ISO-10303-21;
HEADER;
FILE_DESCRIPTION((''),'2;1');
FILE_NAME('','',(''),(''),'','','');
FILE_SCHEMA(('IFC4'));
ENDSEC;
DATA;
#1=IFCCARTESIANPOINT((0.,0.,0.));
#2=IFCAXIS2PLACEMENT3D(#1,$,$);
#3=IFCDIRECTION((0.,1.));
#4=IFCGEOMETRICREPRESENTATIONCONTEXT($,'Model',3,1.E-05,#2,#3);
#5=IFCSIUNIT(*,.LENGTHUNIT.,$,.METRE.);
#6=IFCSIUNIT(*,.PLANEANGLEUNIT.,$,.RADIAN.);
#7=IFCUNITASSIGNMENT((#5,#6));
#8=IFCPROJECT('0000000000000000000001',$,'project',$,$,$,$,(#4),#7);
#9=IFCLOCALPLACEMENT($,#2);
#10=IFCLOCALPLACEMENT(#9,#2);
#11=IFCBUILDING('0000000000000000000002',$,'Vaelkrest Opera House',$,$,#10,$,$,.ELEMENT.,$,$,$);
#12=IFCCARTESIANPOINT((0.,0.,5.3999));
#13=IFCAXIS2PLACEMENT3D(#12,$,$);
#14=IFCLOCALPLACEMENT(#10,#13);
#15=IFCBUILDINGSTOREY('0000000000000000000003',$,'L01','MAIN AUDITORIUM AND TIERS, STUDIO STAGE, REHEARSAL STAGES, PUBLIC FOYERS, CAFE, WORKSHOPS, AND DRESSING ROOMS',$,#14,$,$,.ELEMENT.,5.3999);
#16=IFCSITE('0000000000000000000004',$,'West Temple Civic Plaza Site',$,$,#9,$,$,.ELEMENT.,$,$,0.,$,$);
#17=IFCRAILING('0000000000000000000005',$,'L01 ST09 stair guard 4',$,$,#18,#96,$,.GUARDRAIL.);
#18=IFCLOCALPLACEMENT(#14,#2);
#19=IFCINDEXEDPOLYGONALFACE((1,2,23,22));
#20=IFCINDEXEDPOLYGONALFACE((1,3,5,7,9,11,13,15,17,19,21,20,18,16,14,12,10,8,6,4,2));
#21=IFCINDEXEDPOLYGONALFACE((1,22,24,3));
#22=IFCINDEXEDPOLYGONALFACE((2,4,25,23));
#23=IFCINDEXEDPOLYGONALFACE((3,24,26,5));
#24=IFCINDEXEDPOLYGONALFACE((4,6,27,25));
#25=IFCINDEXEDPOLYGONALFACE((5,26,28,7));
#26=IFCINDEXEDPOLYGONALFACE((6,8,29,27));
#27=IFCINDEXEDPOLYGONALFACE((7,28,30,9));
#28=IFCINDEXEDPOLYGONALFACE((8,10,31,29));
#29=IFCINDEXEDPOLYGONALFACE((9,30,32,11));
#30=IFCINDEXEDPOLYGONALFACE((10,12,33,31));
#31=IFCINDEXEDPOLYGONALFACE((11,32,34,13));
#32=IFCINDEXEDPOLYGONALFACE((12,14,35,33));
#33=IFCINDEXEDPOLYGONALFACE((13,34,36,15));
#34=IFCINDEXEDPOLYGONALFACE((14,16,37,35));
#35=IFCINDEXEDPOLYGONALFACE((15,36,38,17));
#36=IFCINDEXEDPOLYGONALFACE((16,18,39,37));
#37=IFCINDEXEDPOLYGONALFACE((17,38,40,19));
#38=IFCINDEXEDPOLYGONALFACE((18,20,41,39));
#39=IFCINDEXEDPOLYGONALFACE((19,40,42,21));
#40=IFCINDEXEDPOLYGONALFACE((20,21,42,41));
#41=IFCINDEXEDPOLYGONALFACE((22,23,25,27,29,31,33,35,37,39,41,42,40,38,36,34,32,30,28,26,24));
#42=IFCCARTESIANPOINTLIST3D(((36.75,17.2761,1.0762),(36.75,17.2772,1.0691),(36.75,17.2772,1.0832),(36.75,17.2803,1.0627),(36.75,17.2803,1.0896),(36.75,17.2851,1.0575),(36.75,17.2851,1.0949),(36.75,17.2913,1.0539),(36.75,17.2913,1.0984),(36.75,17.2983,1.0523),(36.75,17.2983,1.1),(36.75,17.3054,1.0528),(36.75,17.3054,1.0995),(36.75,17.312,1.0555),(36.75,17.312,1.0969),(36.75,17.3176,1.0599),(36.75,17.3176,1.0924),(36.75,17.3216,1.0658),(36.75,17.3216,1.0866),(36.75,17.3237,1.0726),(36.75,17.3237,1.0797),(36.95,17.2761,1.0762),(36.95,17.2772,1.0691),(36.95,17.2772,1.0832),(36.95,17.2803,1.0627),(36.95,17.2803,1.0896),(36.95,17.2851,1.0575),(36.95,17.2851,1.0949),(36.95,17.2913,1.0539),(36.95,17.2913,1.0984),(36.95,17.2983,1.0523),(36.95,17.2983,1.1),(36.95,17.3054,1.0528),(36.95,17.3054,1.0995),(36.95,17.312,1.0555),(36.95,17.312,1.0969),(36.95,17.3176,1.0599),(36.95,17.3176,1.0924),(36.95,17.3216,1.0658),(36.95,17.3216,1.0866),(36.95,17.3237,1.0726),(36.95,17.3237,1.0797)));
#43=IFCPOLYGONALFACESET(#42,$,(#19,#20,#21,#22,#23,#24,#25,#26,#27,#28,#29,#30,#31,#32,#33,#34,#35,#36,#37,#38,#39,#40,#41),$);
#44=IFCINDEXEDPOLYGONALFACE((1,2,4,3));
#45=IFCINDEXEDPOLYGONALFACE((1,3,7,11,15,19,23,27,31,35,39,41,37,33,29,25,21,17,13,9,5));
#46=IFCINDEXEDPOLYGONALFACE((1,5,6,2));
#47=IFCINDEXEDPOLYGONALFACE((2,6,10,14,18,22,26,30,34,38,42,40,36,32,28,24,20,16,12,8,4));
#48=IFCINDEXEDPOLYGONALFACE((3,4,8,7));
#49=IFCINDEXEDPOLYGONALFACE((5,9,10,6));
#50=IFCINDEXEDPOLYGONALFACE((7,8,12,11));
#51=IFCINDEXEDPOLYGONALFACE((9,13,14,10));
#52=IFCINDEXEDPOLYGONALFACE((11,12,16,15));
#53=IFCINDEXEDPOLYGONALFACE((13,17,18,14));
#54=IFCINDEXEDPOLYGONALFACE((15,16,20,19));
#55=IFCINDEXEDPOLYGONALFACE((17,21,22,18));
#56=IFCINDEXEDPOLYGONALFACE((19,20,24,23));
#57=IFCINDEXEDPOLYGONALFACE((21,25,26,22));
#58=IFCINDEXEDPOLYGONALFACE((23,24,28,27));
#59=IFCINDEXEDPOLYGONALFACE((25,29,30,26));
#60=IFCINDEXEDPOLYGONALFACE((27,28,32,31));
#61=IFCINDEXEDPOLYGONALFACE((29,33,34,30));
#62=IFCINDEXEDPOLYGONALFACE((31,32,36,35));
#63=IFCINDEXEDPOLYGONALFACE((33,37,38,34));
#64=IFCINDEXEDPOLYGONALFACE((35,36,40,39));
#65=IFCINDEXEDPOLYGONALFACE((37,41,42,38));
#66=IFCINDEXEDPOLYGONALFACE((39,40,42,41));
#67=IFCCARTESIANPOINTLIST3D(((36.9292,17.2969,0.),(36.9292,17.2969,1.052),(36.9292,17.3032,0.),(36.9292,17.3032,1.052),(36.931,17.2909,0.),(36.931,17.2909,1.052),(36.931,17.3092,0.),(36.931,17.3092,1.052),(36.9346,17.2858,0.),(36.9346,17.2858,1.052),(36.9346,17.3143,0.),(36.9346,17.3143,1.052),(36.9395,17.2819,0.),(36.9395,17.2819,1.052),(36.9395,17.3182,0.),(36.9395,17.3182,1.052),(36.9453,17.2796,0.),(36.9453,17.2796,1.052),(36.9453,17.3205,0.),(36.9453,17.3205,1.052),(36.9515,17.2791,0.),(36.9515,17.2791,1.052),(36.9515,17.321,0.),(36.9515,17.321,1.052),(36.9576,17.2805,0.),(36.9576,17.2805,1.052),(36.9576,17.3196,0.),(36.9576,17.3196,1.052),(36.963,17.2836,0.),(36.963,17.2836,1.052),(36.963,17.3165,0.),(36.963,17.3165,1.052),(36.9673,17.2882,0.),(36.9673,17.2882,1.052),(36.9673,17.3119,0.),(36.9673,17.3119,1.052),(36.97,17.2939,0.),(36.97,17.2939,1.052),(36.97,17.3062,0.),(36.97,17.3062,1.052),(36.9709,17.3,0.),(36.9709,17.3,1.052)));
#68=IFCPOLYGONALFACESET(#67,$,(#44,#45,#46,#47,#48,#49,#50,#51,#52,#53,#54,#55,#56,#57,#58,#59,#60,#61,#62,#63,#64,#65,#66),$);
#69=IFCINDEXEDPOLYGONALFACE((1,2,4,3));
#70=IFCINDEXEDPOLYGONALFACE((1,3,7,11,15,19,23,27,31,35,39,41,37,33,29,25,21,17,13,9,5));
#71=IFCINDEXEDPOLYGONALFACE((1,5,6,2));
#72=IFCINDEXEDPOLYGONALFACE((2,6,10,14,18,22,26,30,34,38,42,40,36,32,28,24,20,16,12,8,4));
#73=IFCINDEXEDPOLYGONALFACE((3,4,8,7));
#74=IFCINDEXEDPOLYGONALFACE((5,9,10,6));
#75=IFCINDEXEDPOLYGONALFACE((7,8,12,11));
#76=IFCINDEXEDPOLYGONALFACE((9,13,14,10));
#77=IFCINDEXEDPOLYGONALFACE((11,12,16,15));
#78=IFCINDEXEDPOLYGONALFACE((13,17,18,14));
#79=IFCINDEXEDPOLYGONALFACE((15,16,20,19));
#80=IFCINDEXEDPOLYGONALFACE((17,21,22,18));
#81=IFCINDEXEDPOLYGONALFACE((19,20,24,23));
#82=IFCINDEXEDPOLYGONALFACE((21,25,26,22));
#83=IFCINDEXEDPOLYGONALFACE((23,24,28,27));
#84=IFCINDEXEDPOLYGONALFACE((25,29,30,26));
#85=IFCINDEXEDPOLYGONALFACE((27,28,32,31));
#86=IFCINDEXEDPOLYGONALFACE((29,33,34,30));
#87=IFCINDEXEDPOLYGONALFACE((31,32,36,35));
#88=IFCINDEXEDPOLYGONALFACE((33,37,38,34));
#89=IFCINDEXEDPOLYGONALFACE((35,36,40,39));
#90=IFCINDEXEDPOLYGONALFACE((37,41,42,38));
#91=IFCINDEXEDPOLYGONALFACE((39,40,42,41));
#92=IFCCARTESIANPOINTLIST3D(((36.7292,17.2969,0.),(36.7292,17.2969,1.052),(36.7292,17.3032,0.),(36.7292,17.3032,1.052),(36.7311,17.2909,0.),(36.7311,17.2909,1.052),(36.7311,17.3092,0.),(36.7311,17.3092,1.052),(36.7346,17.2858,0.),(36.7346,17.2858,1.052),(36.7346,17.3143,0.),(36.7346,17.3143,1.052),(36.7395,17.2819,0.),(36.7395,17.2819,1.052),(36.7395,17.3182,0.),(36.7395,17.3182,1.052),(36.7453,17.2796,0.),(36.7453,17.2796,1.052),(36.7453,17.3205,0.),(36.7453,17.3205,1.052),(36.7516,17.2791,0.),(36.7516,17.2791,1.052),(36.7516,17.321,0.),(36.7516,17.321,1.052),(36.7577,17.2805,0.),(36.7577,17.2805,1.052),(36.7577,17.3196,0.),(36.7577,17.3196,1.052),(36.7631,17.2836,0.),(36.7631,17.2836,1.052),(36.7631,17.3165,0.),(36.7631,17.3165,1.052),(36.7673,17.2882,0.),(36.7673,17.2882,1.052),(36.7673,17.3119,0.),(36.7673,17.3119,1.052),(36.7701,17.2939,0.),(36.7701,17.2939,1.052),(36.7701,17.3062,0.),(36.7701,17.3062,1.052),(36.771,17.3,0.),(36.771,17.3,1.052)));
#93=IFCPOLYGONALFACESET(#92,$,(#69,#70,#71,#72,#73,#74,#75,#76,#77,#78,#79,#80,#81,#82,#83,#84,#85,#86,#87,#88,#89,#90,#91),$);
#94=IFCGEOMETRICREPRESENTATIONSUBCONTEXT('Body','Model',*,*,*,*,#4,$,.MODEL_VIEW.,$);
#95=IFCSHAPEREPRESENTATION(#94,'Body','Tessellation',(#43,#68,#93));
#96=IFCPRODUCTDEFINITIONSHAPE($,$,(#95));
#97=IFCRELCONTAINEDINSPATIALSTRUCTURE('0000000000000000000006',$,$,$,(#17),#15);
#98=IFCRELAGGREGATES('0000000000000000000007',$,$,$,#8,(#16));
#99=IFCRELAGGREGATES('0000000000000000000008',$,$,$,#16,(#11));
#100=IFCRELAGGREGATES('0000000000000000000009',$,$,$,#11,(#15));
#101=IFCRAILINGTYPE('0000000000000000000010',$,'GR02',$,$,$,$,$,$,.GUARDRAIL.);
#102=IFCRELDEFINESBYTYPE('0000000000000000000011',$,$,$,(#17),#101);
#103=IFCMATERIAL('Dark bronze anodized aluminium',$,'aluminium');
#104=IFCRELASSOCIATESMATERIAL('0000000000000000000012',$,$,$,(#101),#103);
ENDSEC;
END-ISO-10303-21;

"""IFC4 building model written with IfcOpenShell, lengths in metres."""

from ifc_helpers import new_model, si_unit, direction, frame, origin, origin_2d, place, context, subcontext, project, spatial, circle, extrude, material, type_object, element, save


model = new_model("IFC4")

# Units and contexts
model_context = context("Model", 3, precision=1e-05, world=origin(), true_north=direction((0.0, 1.0)))
body_context = subcontext(model_context, "Body", "Model", "MODEL_VIEW")
ifc_project = project(units=[si_unit("LENGTHUNIT", "METRE"), si_unit("PLANEANGLEUNIT", "RADIAN")], contexts=[model_context])

# Site, building, storey
site_placement = place(None, origin())
site = spatial("IfcSite", under=ifc_project, at=site_placement, Name="West Temple Civic Plaza Site", CompositionType="ELEMENT", RefElevation=0.0)
building_placement = place(site_placement, origin())
building = spatial("IfcBuilding", under=site, at=building_placement, Name="Vaelkrest Opera House", CompositionType="ELEMENT")
storey_placement = place(building_placement, frame((0.0, 0.0, 5.3999)))
storey = spatial("IfcBuildingStorey", under=building, at=storey_placement, Name="L01", Description="MAIN AUDITORIUM AND TIERS, STUDIO STAGE, REHEARSAL STAGES, PUBLIC FOYERS, CAFE, WORKSHOPS, AND DRESSING ROOMS", CompositionType="ELEMENT", Elevation=5.3999)

# Shared definitions
ifc_material_1 = material(Name="Dark bronze anodized aluminium", Category="aluminium")

# Railing
railing_type_1 = type_object("IfcRailingType", Name="GR02", PredefinedType="GUARDRAIL", material=ifc_material_1)
railing_1_placement = place(storey_placement, frame((36.95, 17.3, 0.0)))
element("IfcRailing", 1, at=railing_1_placement, inside=storey, type_object=railing_type_1, Name="L01 ST09 stair guard 4", PredefinedType="GUARDRAIL", context=body_context, shape_type="SweptSolid", body=[
    extrude(circle(Radius=0.0239, at=origin_2d()), frame((0.0, 0.0, 1.0762), z_axis=(-1.0, 0.0, 0.0), x_axis=(0.0, -1.0, 0.0)), (0.0, 0.0, 1.0), 0.2),
    extrude(circle(Radius=0.021, at=origin_2d()), origin(), (0.0, 0.0, 1.0), 1.052),
    extrude(circle(Radius=0.021, at=origin_2d()), frame((-0.2, 0.0, 0.0)), (0.0, 0.0, 1.0), 1.052),
])

save(model, "model.ifc")
